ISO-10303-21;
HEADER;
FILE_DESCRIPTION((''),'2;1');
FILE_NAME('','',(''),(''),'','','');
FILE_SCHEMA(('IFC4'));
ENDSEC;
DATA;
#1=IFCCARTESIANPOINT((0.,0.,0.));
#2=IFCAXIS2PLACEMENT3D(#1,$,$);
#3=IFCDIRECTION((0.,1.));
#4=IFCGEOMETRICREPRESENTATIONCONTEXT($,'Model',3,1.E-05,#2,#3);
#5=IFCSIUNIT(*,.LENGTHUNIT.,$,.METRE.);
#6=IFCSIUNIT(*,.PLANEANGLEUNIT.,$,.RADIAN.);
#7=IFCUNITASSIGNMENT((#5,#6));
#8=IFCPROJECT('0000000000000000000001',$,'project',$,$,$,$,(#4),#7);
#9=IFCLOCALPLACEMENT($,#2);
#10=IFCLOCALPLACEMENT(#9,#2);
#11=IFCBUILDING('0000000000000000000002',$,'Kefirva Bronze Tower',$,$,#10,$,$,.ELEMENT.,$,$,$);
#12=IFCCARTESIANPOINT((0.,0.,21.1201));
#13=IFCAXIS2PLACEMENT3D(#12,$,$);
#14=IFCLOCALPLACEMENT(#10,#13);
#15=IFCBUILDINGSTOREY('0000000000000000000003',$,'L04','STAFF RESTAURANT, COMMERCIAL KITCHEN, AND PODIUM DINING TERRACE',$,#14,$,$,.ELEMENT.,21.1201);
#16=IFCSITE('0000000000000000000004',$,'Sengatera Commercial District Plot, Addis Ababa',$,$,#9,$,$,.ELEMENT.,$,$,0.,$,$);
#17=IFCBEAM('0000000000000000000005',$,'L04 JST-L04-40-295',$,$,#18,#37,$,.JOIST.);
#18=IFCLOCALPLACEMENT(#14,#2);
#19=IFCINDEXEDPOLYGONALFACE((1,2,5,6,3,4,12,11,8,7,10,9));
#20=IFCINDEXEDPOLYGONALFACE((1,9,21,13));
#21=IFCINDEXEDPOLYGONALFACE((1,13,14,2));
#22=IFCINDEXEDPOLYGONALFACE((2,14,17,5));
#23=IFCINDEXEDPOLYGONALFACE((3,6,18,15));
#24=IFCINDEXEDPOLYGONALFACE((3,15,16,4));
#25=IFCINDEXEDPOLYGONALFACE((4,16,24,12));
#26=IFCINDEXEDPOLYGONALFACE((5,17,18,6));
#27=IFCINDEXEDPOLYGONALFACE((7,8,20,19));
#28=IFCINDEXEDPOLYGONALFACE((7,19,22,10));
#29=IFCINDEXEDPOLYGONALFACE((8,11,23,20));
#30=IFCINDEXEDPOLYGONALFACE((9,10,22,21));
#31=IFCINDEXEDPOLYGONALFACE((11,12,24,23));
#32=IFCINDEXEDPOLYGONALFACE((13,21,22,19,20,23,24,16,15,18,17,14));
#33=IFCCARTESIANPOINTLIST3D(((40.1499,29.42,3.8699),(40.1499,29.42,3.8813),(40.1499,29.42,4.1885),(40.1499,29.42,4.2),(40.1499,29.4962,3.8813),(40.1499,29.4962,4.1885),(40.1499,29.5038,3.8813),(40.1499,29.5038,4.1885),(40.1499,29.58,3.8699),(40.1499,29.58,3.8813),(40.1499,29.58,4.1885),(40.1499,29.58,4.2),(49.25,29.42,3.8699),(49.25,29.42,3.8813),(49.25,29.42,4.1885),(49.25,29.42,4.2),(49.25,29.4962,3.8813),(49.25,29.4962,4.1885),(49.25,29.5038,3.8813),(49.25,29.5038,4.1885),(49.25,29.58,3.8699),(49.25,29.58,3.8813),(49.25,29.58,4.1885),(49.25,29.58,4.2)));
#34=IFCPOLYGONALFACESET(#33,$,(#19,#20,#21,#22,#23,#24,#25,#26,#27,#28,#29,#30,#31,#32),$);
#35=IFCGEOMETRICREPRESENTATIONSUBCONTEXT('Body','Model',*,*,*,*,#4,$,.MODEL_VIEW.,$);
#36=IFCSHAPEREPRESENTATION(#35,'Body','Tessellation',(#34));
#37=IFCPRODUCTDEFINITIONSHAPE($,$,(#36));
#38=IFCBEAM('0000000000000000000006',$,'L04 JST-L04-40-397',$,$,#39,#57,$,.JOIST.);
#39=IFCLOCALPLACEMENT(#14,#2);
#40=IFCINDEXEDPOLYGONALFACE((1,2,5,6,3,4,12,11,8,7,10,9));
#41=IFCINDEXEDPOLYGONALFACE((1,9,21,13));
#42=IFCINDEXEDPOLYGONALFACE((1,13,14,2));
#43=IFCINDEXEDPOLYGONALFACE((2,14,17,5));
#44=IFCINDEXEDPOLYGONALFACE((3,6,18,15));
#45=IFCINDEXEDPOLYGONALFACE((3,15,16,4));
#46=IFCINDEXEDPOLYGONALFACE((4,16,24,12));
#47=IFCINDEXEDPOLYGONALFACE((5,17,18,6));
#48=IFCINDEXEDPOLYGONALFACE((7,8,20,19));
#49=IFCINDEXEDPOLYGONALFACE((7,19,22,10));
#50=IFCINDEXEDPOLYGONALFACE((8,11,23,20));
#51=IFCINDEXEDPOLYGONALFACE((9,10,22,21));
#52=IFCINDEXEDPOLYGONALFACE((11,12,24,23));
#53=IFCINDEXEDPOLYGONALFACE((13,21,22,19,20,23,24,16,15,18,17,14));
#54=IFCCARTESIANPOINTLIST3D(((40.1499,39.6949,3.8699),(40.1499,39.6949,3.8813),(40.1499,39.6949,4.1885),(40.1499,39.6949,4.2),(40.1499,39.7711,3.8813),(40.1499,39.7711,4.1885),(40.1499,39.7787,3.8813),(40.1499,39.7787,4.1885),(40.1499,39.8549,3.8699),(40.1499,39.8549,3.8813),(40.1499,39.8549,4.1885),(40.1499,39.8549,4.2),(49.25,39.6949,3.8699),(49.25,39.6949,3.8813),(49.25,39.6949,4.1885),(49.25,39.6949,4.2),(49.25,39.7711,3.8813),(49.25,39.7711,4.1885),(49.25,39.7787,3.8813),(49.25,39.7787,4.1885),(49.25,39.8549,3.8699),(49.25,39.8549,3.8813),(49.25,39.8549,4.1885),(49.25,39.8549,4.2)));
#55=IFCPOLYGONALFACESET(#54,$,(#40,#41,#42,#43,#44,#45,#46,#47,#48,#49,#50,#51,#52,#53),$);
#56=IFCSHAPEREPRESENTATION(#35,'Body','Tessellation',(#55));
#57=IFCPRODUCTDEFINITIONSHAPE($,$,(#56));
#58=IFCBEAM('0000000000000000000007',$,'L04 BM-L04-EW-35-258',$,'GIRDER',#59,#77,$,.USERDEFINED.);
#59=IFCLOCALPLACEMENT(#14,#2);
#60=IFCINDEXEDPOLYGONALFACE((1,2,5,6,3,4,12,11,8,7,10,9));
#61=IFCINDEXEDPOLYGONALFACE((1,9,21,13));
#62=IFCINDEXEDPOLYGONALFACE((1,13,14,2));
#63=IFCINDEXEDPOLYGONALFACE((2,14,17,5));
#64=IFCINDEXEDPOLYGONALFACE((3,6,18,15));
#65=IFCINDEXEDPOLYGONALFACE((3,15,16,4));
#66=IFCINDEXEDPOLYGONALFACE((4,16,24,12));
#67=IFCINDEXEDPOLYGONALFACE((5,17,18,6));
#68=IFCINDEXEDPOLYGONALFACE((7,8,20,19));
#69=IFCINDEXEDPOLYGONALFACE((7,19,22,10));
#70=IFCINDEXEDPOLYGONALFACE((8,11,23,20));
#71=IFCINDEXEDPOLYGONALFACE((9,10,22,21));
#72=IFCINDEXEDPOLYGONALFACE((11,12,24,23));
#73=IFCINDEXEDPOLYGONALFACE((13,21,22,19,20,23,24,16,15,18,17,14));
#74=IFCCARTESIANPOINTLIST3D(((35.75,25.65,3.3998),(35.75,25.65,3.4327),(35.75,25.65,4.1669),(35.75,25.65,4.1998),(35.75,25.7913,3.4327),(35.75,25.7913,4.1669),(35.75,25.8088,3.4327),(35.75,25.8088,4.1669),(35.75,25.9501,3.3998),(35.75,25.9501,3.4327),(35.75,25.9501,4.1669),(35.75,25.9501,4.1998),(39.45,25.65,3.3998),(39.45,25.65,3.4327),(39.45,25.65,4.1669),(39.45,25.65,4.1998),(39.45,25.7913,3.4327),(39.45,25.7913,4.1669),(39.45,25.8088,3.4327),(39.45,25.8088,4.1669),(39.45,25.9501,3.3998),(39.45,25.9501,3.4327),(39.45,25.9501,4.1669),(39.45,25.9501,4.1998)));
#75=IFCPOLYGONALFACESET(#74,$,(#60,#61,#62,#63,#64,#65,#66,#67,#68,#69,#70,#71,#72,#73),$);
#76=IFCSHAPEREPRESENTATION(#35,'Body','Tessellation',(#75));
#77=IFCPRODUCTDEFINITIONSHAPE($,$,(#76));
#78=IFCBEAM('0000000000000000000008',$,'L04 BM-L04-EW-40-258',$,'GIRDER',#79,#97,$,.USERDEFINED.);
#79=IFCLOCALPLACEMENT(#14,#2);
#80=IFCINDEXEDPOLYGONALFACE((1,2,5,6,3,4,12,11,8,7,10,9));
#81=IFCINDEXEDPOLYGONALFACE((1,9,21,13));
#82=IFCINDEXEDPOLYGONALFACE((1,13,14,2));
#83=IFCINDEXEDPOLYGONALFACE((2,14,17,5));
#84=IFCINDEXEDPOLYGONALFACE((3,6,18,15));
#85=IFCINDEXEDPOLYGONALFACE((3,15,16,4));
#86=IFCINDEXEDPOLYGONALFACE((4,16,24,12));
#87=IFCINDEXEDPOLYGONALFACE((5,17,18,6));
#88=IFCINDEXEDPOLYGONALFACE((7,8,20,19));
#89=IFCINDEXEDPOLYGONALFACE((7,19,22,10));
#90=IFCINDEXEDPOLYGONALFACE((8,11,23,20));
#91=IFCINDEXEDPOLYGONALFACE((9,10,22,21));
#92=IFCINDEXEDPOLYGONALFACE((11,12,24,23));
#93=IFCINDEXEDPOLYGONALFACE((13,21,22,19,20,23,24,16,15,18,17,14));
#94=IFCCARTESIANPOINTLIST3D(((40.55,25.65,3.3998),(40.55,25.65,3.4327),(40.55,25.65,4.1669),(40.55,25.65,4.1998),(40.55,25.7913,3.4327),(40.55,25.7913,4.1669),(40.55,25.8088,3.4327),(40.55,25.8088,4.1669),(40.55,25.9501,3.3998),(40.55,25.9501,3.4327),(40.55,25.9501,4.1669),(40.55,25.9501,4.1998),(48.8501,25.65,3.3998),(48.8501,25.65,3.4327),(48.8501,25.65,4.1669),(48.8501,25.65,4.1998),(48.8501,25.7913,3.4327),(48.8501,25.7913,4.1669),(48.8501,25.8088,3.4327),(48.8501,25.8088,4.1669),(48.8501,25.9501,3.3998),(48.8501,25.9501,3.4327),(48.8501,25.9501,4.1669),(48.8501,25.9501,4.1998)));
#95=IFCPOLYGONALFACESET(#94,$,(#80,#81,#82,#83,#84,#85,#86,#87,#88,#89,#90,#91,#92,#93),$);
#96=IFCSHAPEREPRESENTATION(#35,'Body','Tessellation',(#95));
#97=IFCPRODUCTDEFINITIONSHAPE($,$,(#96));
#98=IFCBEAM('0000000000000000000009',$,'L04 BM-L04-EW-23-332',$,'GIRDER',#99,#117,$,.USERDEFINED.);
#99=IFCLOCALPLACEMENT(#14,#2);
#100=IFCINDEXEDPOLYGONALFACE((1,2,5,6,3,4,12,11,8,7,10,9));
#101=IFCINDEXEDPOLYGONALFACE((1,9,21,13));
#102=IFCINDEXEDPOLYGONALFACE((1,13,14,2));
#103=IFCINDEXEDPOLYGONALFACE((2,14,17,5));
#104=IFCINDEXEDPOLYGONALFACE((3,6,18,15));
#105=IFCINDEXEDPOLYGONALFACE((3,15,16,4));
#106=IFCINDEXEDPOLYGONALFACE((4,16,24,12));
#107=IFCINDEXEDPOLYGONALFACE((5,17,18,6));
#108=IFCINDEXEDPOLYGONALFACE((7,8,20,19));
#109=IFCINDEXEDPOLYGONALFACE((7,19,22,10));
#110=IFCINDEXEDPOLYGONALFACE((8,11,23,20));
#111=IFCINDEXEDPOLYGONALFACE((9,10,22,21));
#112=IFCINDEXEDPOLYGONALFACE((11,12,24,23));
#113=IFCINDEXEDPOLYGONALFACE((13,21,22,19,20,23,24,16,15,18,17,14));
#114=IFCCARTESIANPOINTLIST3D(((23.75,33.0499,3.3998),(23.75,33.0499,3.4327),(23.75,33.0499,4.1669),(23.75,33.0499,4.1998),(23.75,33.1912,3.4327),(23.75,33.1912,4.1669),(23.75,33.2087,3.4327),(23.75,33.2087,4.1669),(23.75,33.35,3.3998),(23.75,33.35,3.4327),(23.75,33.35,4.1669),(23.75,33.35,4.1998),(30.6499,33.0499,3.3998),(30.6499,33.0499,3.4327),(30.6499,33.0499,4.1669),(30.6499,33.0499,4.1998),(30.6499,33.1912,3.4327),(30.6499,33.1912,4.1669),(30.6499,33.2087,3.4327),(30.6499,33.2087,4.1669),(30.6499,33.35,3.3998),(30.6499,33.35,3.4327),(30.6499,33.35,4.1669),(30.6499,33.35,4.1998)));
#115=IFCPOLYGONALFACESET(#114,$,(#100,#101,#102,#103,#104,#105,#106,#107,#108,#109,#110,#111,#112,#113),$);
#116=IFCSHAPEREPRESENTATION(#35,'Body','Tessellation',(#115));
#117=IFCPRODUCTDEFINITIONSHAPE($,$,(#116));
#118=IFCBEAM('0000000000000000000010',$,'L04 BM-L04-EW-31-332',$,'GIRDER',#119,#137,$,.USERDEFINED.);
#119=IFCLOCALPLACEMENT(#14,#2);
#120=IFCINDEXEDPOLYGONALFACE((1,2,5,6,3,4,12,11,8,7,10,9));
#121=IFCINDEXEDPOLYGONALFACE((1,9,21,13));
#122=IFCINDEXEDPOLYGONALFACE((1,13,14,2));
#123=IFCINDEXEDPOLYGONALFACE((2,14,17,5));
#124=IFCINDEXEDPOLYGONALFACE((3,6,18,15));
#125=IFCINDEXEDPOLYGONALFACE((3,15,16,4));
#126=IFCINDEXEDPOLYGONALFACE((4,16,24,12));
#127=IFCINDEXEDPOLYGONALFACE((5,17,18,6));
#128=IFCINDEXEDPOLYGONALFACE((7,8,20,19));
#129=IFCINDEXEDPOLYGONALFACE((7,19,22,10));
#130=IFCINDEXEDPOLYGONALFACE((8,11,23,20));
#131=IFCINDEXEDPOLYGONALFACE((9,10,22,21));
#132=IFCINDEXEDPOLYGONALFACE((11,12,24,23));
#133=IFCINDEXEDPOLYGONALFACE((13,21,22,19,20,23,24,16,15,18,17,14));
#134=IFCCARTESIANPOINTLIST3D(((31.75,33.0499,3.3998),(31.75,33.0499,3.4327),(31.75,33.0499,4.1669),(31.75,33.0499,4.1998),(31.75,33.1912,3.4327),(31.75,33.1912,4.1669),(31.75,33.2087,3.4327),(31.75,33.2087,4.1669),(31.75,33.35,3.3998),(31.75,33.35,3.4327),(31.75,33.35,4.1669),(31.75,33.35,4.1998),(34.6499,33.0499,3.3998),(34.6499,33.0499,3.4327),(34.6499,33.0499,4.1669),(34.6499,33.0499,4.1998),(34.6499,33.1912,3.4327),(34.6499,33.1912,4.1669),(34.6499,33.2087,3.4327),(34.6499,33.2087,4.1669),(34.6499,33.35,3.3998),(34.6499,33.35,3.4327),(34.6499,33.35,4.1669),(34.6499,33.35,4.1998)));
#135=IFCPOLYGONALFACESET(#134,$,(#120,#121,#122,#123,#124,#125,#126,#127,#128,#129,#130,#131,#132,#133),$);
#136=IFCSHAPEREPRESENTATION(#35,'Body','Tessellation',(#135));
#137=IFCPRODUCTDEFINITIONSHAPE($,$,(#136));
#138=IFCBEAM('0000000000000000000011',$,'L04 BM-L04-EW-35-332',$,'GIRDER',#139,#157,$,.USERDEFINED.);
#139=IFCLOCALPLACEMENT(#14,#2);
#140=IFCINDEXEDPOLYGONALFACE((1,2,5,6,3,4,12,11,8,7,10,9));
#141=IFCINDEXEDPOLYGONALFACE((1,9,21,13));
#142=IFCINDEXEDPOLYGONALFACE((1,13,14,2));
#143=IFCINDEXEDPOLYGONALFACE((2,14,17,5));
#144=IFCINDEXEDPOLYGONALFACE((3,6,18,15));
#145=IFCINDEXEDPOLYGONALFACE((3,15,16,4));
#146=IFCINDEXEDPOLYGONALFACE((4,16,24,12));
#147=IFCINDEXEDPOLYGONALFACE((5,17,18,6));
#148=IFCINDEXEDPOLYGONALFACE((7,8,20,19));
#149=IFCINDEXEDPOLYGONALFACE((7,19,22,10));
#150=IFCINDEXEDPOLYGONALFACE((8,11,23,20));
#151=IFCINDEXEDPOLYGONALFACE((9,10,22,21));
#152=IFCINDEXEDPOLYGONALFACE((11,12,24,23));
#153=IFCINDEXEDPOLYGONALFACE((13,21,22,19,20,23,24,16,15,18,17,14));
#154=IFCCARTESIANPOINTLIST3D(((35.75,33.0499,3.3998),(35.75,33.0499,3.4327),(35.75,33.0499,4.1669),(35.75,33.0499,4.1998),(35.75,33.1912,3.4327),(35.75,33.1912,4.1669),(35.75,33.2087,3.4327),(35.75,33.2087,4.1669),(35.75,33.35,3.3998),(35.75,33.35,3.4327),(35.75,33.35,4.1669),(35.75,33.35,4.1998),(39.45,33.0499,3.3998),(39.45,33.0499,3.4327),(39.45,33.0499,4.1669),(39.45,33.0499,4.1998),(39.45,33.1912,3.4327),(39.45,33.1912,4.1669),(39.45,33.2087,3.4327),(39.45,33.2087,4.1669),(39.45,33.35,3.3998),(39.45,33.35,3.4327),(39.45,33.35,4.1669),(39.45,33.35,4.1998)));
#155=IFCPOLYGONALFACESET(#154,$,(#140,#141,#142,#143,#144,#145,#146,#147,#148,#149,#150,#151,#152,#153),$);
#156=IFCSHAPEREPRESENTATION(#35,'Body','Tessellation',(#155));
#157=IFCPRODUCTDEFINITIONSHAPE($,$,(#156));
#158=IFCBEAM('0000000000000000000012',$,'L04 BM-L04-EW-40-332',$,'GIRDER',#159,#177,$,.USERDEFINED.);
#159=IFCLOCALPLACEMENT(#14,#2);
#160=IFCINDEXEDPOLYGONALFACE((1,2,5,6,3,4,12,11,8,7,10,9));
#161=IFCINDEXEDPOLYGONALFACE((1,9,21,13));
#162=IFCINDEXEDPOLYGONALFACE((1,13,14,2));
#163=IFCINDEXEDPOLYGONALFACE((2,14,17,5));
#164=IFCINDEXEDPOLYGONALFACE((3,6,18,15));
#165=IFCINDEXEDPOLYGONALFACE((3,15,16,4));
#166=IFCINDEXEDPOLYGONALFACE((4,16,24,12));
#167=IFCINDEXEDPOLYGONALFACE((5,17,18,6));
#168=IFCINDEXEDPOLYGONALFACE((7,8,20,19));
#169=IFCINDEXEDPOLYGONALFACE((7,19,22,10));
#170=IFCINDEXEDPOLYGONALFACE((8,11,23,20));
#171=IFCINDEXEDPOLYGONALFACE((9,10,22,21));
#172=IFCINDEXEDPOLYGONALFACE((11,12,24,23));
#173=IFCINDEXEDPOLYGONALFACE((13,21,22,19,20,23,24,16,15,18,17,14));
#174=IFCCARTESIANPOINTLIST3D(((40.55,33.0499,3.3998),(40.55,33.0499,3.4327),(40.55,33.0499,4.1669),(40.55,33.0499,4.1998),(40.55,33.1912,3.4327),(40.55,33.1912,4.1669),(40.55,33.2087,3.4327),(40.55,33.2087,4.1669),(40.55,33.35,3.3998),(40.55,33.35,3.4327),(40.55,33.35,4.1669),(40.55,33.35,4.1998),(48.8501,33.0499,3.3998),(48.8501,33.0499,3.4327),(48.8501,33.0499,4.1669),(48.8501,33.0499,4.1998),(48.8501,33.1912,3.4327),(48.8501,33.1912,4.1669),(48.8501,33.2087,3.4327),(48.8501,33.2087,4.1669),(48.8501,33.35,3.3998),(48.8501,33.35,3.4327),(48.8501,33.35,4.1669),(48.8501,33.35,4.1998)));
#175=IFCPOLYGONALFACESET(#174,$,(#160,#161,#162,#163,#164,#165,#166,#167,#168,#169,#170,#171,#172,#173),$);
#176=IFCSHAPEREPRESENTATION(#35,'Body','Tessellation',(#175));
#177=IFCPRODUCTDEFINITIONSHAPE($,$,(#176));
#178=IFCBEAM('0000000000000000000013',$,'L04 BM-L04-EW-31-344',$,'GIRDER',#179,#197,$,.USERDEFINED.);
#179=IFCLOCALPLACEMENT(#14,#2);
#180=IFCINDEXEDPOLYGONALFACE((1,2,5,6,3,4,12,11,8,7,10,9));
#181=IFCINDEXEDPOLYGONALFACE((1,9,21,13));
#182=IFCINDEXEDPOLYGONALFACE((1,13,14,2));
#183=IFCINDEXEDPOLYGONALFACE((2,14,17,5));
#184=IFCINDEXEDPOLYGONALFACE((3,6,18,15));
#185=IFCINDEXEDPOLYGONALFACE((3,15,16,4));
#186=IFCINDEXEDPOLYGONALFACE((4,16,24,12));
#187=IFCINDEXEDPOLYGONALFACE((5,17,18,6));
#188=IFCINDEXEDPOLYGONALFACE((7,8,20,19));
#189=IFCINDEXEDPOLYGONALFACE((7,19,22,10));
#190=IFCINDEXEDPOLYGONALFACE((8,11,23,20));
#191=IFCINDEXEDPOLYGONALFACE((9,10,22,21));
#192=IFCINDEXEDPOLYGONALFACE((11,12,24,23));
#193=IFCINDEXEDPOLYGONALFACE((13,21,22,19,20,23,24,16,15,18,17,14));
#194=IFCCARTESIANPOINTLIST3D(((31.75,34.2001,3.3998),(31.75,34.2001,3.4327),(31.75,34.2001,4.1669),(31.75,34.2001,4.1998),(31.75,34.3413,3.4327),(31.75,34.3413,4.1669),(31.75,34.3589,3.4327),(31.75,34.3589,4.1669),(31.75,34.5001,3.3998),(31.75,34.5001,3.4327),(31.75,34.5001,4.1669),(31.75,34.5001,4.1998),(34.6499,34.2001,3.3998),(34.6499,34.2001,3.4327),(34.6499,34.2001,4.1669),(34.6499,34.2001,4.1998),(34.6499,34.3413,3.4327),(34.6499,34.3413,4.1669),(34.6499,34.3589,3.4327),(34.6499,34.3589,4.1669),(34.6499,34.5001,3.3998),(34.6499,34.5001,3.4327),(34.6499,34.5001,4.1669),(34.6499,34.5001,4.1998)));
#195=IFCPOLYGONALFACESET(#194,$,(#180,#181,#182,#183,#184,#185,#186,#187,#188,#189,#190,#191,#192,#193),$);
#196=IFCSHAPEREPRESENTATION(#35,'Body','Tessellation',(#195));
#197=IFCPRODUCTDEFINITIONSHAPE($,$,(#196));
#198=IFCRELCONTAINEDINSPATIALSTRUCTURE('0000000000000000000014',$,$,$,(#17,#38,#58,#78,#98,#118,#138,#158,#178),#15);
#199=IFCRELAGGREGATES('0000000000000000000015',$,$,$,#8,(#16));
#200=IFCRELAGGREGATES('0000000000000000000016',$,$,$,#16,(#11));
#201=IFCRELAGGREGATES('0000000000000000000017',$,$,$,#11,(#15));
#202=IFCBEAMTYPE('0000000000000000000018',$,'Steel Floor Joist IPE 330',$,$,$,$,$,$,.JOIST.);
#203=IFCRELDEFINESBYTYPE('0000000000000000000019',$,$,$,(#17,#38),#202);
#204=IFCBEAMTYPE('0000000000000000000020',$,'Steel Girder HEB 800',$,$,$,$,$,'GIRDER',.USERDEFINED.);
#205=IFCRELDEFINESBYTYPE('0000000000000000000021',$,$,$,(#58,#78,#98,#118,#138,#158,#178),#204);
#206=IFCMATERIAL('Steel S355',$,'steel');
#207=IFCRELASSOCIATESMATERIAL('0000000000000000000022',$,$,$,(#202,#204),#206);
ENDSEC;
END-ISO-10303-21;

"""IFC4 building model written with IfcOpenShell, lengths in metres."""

from ifc_helpers import new_model, si_unit, direction, frame, origin, origin_2d, place, context, subcontext, project, spatial, i_section, extrude, material, material_profile, profile_set, type_object, element, save


model = new_model("IFC4")

# Units and contexts
model_context = context("Model", 3, precision=1e-05, world=origin(), true_north=direction((0.0, 1.0)))
body_context = subcontext(model_context, "Body", "Model", "MODEL_VIEW")
ifc_project = project(units=[si_unit("LENGTHUNIT", "METRE"), si_unit("PLANEANGLEUNIT", "RADIAN")], contexts=[model_context])

# Site, building, storey
site_placement = place(None, origin())
site = spatial("IfcSite", under=ifc_project, at=site_placement, Name="Sengatera Commercial District Plot, Addis Ababa", CompositionType="ELEMENT", RefElevation=0.0)
building_placement = place(site_placement, origin())
building = spatial("IfcBuilding", under=site, at=building_placement, Name="Kefirva Bronze Tower", CompositionType="ELEMENT")
storey_placement = place(building_placement, frame((0.0, 0.0, 21.1201)))
storey = spatial("IfcBuildingStorey", under=building, at=storey_placement, Name="L04", Description="STAFF RESTAURANT, COMMERCIAL KITCHEN, AND PODIUM DINING TERRACE", CompositionType="ELEMENT", Elevation=21.1201)

# Beams
ifc_material_1 = material(Name="Steel S355", Category="steel")
ifc_material_profile_1 = material_profile(ifc_material_1, i_section(OverallWidth=0.1599, OverallDepth=0.3301, WebThickness=0.0076, FlangeThickness=0.0115, at=origin_2d()), Name="IPE 330")
ifc_profile_set_1 = profile_set([ifc_material_profile_1], Name="Steel S355")
beam_type_1 = type_object("IfcBeamType", Name="Steel Floor Joist IPE 330", PredefinedType="JOIST", material=ifc_profile_set_1)
for number, where, z_axis, x_axis, name in (
    (1, (40.1499, 29.5, 4.0349), (1.0, 0.0, 0.0), (0.0, 1.0, 0.0), "L04 JST-L04-40-295"),
    (2, (40.1499, 39.7749, 4.0349), (1.0, 0.0, 0.0), (0.0, 1.0, 0.0), "L04 JST-L04-40-397"),
):
    element("IfcBeam", number, at=place(storey_placement, frame(where, z_axis=z_axis, x_axis=x_axis)), inside=storey, type_object=beam_type_1, Name=name, PredefinedType="JOIST", context=body_context, shape_type="SweptSolid", body=[
        extrude(i_section(OverallWidth=0.1599, OverallDepth=0.3301, WebThickness=0.0076, FlangeThickness=0.0115, at=origin_2d()), origin(), (0.0, 0.0, 1.0), 9.1001),
    ])
ifc_material_profile_2 = material_profile(ifc_material_1, i_section(OverallWidth=0.3, OverallDepth=0.8, WebThickness=0.0176, FlangeThickness=0.033, at=origin_2d()), Name="HEB 800")
ifc_profile_set_2 = profile_set([ifc_material_profile_2], Name="Steel S355")
beam_type_2 = type_object("IfcBeamType", Name="Steel Girder HEB 800", ElementType="GIRDER", PredefinedType="USERDEFINED", material=ifc_profile_set_2)
beam_1_placement = place(storey_placement, frame((35.75, 25.8, 3.7998), z_axis=(1.0, 0.0, 0.0), x_axis=(0.0, 1.0, 0.0)))
element("IfcBeam", 3, at=beam_1_placement, inside=storey, type_object=beam_type_2, Name="L04 BM-L04-EW-35-258", ObjectType="GIRDER", PredefinedType="USERDEFINED", context=body_context, shape_type="SweptSolid", body=[
    extrude(i_section(OverallWidth=0.3, OverallDepth=0.8, WebThickness=0.0176, FlangeThickness=0.033, at=origin_2d()), origin(), (0.0, 0.0, 1.0), 3.7),
])
beam_2_placement = place(storey_placement, frame((40.55, 25.8, 3.7998), z_axis=(1.0, 0.0, 0.0), x_axis=(0.0, 1.0, 0.0)))
element("IfcBeam", 4, at=beam_2_placement, inside=storey, type_object=beam_type_2, Name="L04 BM-L04-EW-40-258", ObjectType="GIRDER", PredefinedType="USERDEFINED", context=body_context, shape_type="SweptSolid", body=[
    extrude(i_section(OverallWidth=0.3, OverallDepth=0.8, WebThickness=0.0176, FlangeThickness=0.033, at=origin_2d()), origin(), (0.0, 0.0, 1.0), 8.3),
])
beam_3_placement = place(storey_placement, frame((23.75, 33.2, 3.7998), z_axis=(1.0, 0.0, 0.0), x_axis=(0.0, 1.0, 0.0)))
element("IfcBeam", 5, at=beam_3_placement, inside=storey, type_object=beam_type_2, Name="L04 BM-L04-EW-23-332", ObjectType="GIRDER", PredefinedType="USERDEFINED", context=body_context, shape_type="SweptSolid", body=[
    extrude(i_section(OverallWidth=0.3, OverallDepth=0.8, WebThickness=0.0176, FlangeThickness=0.033, at=origin_2d()), origin(), (0.0, 0.0, 1.0), 6.8999),
])
beam_4_placement = place(storey_placement, frame((31.75, 33.2, 3.7998), z_axis=(1.0, 0.0, 0.0), x_axis=(0.0, 1.0, 0.0)))
element("IfcBeam", 6, at=beam_4_placement, inside=storey, type_object=beam_type_2, Name="L04 BM-L04-EW-31-332", ObjectType="GIRDER", PredefinedType="USERDEFINED", context=body_context, shape_type="SweptSolid", body=[
    extrude(i_section(OverallWidth=0.3, OverallDepth=0.8, WebThickness=0.0176, FlangeThickness=0.033, at=origin_2d()), origin(), (0.0, 0.0, 1.0), 2.8999),
])
beam_5_placement = place(storey_placement, frame((35.75, 33.2, 3.7998), z_axis=(1.0, 0.0, 0.0), x_axis=(0.0, 1.0, 0.0)))
element("IfcBeam", 7, at=beam_5_placement, inside=storey, type_object=beam_type_2, Name="L04 BM-L04-EW-35-332", ObjectType="GIRDER", PredefinedType="USERDEFINED", context=body_context, shape_type="SweptSolid", body=[
    extrude(i_section(OverallWidth=0.3, OverallDepth=0.8, WebThickness=0.0176, FlangeThickness=0.033, at=origin_2d()), origin(), (0.0, 0.0, 1.0), 3.7),
])
beam_6_placement = place(storey_placement, frame((40.55, 33.2, 3.7998), z_axis=(1.0, 0.0, 0.0), x_axis=(0.0, 1.0, 0.0)))
element("IfcBeam", 8, at=beam_6_placement, inside=storey, type_object=beam_type_2, Name="L04 BM-L04-EW-40-332", ObjectType="GIRDER", PredefinedType="USERDEFINED", context=body_context, shape_type="SweptSolid", body=[
    extrude(i_section(OverallWidth=0.3, OverallDepth=0.8, WebThickness=0.0176, FlangeThickness=0.033, at=origin_2d()), origin(), (0.0, 0.0, 1.0), 8.3),
])
beam_7_placement = place(storey_placement, frame((31.75, 34.3501, 3.7998), z_axis=(1.0, 0.0, 0.0), x_axis=(0.0, 1.0, 0.0)))
element("IfcBeam", 9, at=beam_7_placement, inside=storey, type_object=beam_type_2, Name="L04 BM-L04-EW-31-344", ObjectType="GIRDER", PredefinedType="USERDEFINED", context=body_context, shape_type="SweptSolid", body=[
    extrude(i_section(OverallWidth=0.3, OverallDepth=0.8, WebThickness=0.0176, FlangeThickness=0.033, at=origin_2d()), origin(), (0.0, 0.0, 1.0), 2.8999),
])

save(model, "model.ifc")
